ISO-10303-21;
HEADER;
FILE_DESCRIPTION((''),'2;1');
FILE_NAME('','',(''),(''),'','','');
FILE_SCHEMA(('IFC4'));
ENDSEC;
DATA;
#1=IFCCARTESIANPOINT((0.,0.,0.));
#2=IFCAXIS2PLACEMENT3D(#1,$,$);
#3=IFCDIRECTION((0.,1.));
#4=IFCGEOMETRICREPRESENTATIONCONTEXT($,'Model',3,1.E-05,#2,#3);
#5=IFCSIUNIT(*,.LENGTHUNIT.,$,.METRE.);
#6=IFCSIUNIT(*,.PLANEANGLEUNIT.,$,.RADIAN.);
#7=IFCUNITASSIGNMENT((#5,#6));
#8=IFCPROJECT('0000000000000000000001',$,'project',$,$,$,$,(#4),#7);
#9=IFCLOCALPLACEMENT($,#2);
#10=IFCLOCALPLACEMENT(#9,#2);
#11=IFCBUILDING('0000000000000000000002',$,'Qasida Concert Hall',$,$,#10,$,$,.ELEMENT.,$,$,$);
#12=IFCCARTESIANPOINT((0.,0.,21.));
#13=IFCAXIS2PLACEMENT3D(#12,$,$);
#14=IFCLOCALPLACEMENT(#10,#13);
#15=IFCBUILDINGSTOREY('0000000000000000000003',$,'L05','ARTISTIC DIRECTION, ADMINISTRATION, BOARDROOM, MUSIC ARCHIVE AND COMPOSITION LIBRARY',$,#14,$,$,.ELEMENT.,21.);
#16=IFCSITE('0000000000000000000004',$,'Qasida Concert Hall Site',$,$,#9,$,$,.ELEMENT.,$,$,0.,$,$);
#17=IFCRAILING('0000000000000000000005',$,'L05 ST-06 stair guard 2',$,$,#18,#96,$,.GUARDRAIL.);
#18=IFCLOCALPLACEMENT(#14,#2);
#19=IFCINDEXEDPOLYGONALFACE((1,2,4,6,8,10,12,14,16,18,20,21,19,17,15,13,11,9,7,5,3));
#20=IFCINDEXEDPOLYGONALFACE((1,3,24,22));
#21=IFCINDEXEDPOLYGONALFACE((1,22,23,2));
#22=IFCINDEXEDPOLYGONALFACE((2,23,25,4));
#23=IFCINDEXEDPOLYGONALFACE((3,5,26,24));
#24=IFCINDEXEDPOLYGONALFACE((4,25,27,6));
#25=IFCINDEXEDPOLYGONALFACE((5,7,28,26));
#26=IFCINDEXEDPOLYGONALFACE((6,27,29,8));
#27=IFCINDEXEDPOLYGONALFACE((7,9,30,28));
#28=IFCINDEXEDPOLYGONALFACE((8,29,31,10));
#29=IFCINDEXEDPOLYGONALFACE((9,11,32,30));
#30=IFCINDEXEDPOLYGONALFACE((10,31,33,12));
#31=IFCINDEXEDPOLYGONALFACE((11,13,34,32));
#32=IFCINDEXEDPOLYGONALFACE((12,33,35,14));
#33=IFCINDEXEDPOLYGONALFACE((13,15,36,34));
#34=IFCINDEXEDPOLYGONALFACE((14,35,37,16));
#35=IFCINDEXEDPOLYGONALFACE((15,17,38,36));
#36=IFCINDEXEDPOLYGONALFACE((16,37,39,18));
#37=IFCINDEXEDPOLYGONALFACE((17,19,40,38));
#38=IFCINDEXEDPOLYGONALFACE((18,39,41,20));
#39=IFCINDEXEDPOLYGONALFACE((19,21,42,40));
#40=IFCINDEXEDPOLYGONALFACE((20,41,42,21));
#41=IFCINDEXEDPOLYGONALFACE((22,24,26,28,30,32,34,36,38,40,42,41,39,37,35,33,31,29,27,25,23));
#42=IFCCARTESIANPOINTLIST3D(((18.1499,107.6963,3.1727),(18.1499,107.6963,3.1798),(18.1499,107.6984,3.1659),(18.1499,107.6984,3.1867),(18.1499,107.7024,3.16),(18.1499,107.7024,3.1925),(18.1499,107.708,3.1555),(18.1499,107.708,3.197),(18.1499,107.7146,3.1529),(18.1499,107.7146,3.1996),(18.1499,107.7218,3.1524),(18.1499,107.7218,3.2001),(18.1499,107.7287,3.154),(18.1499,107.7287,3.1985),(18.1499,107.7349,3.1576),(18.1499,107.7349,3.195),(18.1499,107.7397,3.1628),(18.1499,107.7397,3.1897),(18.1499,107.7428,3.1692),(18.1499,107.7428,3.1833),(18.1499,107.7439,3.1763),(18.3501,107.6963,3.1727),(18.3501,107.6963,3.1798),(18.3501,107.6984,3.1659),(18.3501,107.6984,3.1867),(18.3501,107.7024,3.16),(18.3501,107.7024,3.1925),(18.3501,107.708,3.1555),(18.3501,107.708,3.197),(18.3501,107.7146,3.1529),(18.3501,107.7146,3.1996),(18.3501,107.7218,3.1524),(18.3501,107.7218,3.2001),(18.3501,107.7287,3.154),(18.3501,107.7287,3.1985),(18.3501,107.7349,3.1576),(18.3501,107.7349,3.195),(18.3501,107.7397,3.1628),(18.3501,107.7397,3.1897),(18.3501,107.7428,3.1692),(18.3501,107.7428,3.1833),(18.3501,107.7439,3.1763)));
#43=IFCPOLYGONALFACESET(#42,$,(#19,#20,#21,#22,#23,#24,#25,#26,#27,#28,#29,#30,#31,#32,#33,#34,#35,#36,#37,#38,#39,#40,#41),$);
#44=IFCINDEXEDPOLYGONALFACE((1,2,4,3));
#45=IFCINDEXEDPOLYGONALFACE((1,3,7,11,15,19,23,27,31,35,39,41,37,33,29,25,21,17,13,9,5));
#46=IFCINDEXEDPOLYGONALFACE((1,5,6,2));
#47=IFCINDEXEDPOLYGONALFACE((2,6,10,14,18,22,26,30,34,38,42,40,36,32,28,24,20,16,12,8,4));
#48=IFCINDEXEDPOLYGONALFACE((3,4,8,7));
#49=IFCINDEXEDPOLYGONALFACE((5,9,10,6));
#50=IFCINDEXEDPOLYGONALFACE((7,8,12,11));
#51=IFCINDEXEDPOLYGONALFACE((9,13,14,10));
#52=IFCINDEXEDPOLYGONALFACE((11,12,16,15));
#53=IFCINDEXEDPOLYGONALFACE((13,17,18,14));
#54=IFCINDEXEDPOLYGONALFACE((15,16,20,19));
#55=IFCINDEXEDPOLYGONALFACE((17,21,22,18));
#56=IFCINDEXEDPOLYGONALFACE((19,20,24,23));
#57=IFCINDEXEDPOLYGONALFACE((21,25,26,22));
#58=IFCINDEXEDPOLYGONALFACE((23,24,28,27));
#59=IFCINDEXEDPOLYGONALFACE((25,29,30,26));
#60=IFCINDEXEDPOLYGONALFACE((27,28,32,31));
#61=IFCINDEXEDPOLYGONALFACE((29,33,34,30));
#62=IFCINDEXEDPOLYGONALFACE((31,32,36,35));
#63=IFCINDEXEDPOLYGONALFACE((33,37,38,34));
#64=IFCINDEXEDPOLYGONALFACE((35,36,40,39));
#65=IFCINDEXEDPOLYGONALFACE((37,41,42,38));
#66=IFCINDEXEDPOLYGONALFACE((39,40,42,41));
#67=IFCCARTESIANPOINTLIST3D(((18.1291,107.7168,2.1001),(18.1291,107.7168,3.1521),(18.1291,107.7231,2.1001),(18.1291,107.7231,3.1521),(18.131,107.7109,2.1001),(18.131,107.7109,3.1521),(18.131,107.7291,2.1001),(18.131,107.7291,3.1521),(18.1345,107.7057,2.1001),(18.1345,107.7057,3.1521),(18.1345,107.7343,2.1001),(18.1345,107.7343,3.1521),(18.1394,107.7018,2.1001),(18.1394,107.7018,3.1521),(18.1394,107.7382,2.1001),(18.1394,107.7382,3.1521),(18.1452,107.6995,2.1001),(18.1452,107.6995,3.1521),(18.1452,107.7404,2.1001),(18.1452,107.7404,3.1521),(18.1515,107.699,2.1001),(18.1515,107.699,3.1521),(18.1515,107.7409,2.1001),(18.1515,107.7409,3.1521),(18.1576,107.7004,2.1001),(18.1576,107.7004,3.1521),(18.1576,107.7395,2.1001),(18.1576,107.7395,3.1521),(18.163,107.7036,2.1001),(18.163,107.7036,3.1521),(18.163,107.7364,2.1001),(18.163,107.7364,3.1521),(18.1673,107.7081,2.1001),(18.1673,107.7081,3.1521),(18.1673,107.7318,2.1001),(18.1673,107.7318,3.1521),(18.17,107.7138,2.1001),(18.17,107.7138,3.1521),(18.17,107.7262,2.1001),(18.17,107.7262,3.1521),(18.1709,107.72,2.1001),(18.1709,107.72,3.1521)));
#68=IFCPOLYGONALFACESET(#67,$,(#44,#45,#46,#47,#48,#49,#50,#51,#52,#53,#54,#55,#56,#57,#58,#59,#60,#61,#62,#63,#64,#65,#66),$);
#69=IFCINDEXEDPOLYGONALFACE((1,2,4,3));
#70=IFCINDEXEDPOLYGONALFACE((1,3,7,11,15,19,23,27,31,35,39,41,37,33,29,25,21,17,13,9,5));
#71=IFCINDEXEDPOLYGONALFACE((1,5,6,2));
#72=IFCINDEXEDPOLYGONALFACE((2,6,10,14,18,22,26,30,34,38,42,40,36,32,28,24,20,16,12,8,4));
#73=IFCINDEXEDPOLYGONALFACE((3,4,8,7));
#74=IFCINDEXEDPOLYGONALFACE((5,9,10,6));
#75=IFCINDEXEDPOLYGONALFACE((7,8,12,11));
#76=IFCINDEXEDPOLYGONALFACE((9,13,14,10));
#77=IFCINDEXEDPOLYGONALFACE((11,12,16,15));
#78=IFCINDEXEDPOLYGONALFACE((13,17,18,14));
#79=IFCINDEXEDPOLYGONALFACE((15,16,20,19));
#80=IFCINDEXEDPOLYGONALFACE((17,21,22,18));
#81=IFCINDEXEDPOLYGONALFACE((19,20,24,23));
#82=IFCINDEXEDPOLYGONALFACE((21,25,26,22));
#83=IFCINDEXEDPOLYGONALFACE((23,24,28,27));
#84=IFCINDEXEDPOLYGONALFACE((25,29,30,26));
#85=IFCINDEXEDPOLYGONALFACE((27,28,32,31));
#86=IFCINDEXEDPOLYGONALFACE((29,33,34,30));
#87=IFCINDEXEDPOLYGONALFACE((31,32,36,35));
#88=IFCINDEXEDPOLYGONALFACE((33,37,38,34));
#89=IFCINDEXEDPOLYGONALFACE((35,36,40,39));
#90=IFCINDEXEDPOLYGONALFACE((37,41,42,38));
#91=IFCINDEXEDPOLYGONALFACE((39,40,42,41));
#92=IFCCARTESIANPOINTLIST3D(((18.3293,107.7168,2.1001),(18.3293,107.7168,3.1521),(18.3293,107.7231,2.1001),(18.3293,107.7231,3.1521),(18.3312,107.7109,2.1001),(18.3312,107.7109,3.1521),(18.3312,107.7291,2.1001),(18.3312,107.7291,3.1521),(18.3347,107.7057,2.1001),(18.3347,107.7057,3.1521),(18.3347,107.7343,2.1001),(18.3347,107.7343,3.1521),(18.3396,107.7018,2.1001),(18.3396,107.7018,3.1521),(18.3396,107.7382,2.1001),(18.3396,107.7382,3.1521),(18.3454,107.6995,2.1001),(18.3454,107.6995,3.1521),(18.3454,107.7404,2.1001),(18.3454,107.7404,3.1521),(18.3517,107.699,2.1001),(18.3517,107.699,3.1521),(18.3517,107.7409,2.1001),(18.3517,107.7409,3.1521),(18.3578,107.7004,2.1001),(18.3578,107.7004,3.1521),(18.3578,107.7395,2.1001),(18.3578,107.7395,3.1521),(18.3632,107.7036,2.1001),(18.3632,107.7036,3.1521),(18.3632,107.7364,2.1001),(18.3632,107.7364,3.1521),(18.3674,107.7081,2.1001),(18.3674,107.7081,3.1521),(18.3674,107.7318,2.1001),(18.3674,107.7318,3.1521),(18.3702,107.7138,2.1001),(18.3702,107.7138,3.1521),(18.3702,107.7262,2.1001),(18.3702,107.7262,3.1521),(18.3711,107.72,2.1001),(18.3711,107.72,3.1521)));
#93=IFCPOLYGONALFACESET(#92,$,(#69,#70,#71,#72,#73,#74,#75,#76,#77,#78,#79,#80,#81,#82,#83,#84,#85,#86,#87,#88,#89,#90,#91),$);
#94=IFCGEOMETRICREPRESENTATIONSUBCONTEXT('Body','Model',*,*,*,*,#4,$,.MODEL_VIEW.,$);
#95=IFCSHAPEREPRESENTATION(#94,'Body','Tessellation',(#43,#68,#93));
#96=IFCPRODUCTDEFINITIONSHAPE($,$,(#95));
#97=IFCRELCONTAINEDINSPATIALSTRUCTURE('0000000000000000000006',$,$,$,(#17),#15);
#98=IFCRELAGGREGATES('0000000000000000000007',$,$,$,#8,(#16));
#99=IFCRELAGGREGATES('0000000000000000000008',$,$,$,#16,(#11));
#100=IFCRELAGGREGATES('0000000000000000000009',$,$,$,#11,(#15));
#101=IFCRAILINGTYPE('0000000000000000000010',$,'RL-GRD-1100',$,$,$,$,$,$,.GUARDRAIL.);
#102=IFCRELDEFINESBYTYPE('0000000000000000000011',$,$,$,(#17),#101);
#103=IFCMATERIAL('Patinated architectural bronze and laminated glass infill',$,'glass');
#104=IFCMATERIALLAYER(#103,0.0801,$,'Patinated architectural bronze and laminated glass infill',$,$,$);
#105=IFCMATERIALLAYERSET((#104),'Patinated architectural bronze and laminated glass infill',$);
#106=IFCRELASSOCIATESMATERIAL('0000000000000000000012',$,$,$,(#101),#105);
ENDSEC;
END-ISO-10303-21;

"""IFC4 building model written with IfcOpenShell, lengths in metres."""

from ifc_helpers import new_model, si_unit, direction, frame, origin, origin_2d, place, context, subcontext, project, spatial, circle, extrude, material, layer, layer_set, type_object, element, save


model = new_model("IFC4")

# Units and contexts
model_context = context("Model", 3, precision=1e-05, world=origin(), true_north=direction((0.0, 1.0)))
body_context = subcontext(model_context, "Body", "Model", "MODEL_VIEW")
ifc_project = project(units=[si_unit("LENGTHUNIT", "METRE"), si_unit("PLANEANGLEUNIT", "RADIAN")], contexts=[model_context])

# Site, building, storey
site_placement = place(None, origin())
site = spatial("IfcSite", under=ifc_project, at=site_placement, Name="Qasida Concert Hall Site", CompositionType="ELEMENT", RefElevation=0.0)
building_placement = place(site_placement, origin())
building = spatial("IfcBuilding", under=site, at=building_placement, Name="Qasida Concert Hall", CompositionType="ELEMENT")
storey_placement = place(building_placement, frame((0.0, 0.0, 21.0)))
storey = spatial("IfcBuildingStorey", under=building, at=storey_placement, Name="L05", Description="ARTISTIC DIRECTION, ADMINISTRATION, BOARDROOM, MUSIC ARCHIVE AND COMPOSITION LIBRARY", CompositionType="ELEMENT", Elevation=21.0)

# Railing
ifc_material_1 = material(Name="Patinated architectural bronze and laminated glass infill", Category="glass")
ifc_layer_1 = layer(ifc_material_1, 0.0801, Name="Patinated architectural bronze and laminated glass infill")
ifc_layer_set_1 = layer_set([ifc_layer_1], Name="Patinated architectural bronze and laminated glass infill")
railing_type_1 = type_object("IfcRailingType", Name="RL-GRD-1100", PredefinedType="GUARDRAIL", material=ifc_layer_set_1)
railing_1_placement = place(storey_placement, frame((18.1499, 107.72, 2.1001)))
element("IfcRailing", 1, at=railing_1_placement, inside=storey, type_object=railing_type_1, Name="L05 ST-06 stair guard 2", PredefinedType="GUARDRAIL", context=body_context, shape_type="SweptSolid", body=[
    extrude(circle(Radius=0.0239, at=origin_2d()), frame((0.0, 0.0, 1.0762), z_axis=(1.0, 0.0, 0.0), x_axis=(0.0, 1.0, 0.0)), (0.0, 0.0, 1.0), 0.2002),
    extrude(circle(Radius=0.021, at=origin_2d()), origin(), (0.0, 0.0, 1.0), 1.052),
    extrude(circle(Radius=0.021, at=origin_2d()), frame((0.2002, 0.0, 0.0)), (0.0, 0.0, 1.0), 1.052),
])

save(model, "model.ifc")
